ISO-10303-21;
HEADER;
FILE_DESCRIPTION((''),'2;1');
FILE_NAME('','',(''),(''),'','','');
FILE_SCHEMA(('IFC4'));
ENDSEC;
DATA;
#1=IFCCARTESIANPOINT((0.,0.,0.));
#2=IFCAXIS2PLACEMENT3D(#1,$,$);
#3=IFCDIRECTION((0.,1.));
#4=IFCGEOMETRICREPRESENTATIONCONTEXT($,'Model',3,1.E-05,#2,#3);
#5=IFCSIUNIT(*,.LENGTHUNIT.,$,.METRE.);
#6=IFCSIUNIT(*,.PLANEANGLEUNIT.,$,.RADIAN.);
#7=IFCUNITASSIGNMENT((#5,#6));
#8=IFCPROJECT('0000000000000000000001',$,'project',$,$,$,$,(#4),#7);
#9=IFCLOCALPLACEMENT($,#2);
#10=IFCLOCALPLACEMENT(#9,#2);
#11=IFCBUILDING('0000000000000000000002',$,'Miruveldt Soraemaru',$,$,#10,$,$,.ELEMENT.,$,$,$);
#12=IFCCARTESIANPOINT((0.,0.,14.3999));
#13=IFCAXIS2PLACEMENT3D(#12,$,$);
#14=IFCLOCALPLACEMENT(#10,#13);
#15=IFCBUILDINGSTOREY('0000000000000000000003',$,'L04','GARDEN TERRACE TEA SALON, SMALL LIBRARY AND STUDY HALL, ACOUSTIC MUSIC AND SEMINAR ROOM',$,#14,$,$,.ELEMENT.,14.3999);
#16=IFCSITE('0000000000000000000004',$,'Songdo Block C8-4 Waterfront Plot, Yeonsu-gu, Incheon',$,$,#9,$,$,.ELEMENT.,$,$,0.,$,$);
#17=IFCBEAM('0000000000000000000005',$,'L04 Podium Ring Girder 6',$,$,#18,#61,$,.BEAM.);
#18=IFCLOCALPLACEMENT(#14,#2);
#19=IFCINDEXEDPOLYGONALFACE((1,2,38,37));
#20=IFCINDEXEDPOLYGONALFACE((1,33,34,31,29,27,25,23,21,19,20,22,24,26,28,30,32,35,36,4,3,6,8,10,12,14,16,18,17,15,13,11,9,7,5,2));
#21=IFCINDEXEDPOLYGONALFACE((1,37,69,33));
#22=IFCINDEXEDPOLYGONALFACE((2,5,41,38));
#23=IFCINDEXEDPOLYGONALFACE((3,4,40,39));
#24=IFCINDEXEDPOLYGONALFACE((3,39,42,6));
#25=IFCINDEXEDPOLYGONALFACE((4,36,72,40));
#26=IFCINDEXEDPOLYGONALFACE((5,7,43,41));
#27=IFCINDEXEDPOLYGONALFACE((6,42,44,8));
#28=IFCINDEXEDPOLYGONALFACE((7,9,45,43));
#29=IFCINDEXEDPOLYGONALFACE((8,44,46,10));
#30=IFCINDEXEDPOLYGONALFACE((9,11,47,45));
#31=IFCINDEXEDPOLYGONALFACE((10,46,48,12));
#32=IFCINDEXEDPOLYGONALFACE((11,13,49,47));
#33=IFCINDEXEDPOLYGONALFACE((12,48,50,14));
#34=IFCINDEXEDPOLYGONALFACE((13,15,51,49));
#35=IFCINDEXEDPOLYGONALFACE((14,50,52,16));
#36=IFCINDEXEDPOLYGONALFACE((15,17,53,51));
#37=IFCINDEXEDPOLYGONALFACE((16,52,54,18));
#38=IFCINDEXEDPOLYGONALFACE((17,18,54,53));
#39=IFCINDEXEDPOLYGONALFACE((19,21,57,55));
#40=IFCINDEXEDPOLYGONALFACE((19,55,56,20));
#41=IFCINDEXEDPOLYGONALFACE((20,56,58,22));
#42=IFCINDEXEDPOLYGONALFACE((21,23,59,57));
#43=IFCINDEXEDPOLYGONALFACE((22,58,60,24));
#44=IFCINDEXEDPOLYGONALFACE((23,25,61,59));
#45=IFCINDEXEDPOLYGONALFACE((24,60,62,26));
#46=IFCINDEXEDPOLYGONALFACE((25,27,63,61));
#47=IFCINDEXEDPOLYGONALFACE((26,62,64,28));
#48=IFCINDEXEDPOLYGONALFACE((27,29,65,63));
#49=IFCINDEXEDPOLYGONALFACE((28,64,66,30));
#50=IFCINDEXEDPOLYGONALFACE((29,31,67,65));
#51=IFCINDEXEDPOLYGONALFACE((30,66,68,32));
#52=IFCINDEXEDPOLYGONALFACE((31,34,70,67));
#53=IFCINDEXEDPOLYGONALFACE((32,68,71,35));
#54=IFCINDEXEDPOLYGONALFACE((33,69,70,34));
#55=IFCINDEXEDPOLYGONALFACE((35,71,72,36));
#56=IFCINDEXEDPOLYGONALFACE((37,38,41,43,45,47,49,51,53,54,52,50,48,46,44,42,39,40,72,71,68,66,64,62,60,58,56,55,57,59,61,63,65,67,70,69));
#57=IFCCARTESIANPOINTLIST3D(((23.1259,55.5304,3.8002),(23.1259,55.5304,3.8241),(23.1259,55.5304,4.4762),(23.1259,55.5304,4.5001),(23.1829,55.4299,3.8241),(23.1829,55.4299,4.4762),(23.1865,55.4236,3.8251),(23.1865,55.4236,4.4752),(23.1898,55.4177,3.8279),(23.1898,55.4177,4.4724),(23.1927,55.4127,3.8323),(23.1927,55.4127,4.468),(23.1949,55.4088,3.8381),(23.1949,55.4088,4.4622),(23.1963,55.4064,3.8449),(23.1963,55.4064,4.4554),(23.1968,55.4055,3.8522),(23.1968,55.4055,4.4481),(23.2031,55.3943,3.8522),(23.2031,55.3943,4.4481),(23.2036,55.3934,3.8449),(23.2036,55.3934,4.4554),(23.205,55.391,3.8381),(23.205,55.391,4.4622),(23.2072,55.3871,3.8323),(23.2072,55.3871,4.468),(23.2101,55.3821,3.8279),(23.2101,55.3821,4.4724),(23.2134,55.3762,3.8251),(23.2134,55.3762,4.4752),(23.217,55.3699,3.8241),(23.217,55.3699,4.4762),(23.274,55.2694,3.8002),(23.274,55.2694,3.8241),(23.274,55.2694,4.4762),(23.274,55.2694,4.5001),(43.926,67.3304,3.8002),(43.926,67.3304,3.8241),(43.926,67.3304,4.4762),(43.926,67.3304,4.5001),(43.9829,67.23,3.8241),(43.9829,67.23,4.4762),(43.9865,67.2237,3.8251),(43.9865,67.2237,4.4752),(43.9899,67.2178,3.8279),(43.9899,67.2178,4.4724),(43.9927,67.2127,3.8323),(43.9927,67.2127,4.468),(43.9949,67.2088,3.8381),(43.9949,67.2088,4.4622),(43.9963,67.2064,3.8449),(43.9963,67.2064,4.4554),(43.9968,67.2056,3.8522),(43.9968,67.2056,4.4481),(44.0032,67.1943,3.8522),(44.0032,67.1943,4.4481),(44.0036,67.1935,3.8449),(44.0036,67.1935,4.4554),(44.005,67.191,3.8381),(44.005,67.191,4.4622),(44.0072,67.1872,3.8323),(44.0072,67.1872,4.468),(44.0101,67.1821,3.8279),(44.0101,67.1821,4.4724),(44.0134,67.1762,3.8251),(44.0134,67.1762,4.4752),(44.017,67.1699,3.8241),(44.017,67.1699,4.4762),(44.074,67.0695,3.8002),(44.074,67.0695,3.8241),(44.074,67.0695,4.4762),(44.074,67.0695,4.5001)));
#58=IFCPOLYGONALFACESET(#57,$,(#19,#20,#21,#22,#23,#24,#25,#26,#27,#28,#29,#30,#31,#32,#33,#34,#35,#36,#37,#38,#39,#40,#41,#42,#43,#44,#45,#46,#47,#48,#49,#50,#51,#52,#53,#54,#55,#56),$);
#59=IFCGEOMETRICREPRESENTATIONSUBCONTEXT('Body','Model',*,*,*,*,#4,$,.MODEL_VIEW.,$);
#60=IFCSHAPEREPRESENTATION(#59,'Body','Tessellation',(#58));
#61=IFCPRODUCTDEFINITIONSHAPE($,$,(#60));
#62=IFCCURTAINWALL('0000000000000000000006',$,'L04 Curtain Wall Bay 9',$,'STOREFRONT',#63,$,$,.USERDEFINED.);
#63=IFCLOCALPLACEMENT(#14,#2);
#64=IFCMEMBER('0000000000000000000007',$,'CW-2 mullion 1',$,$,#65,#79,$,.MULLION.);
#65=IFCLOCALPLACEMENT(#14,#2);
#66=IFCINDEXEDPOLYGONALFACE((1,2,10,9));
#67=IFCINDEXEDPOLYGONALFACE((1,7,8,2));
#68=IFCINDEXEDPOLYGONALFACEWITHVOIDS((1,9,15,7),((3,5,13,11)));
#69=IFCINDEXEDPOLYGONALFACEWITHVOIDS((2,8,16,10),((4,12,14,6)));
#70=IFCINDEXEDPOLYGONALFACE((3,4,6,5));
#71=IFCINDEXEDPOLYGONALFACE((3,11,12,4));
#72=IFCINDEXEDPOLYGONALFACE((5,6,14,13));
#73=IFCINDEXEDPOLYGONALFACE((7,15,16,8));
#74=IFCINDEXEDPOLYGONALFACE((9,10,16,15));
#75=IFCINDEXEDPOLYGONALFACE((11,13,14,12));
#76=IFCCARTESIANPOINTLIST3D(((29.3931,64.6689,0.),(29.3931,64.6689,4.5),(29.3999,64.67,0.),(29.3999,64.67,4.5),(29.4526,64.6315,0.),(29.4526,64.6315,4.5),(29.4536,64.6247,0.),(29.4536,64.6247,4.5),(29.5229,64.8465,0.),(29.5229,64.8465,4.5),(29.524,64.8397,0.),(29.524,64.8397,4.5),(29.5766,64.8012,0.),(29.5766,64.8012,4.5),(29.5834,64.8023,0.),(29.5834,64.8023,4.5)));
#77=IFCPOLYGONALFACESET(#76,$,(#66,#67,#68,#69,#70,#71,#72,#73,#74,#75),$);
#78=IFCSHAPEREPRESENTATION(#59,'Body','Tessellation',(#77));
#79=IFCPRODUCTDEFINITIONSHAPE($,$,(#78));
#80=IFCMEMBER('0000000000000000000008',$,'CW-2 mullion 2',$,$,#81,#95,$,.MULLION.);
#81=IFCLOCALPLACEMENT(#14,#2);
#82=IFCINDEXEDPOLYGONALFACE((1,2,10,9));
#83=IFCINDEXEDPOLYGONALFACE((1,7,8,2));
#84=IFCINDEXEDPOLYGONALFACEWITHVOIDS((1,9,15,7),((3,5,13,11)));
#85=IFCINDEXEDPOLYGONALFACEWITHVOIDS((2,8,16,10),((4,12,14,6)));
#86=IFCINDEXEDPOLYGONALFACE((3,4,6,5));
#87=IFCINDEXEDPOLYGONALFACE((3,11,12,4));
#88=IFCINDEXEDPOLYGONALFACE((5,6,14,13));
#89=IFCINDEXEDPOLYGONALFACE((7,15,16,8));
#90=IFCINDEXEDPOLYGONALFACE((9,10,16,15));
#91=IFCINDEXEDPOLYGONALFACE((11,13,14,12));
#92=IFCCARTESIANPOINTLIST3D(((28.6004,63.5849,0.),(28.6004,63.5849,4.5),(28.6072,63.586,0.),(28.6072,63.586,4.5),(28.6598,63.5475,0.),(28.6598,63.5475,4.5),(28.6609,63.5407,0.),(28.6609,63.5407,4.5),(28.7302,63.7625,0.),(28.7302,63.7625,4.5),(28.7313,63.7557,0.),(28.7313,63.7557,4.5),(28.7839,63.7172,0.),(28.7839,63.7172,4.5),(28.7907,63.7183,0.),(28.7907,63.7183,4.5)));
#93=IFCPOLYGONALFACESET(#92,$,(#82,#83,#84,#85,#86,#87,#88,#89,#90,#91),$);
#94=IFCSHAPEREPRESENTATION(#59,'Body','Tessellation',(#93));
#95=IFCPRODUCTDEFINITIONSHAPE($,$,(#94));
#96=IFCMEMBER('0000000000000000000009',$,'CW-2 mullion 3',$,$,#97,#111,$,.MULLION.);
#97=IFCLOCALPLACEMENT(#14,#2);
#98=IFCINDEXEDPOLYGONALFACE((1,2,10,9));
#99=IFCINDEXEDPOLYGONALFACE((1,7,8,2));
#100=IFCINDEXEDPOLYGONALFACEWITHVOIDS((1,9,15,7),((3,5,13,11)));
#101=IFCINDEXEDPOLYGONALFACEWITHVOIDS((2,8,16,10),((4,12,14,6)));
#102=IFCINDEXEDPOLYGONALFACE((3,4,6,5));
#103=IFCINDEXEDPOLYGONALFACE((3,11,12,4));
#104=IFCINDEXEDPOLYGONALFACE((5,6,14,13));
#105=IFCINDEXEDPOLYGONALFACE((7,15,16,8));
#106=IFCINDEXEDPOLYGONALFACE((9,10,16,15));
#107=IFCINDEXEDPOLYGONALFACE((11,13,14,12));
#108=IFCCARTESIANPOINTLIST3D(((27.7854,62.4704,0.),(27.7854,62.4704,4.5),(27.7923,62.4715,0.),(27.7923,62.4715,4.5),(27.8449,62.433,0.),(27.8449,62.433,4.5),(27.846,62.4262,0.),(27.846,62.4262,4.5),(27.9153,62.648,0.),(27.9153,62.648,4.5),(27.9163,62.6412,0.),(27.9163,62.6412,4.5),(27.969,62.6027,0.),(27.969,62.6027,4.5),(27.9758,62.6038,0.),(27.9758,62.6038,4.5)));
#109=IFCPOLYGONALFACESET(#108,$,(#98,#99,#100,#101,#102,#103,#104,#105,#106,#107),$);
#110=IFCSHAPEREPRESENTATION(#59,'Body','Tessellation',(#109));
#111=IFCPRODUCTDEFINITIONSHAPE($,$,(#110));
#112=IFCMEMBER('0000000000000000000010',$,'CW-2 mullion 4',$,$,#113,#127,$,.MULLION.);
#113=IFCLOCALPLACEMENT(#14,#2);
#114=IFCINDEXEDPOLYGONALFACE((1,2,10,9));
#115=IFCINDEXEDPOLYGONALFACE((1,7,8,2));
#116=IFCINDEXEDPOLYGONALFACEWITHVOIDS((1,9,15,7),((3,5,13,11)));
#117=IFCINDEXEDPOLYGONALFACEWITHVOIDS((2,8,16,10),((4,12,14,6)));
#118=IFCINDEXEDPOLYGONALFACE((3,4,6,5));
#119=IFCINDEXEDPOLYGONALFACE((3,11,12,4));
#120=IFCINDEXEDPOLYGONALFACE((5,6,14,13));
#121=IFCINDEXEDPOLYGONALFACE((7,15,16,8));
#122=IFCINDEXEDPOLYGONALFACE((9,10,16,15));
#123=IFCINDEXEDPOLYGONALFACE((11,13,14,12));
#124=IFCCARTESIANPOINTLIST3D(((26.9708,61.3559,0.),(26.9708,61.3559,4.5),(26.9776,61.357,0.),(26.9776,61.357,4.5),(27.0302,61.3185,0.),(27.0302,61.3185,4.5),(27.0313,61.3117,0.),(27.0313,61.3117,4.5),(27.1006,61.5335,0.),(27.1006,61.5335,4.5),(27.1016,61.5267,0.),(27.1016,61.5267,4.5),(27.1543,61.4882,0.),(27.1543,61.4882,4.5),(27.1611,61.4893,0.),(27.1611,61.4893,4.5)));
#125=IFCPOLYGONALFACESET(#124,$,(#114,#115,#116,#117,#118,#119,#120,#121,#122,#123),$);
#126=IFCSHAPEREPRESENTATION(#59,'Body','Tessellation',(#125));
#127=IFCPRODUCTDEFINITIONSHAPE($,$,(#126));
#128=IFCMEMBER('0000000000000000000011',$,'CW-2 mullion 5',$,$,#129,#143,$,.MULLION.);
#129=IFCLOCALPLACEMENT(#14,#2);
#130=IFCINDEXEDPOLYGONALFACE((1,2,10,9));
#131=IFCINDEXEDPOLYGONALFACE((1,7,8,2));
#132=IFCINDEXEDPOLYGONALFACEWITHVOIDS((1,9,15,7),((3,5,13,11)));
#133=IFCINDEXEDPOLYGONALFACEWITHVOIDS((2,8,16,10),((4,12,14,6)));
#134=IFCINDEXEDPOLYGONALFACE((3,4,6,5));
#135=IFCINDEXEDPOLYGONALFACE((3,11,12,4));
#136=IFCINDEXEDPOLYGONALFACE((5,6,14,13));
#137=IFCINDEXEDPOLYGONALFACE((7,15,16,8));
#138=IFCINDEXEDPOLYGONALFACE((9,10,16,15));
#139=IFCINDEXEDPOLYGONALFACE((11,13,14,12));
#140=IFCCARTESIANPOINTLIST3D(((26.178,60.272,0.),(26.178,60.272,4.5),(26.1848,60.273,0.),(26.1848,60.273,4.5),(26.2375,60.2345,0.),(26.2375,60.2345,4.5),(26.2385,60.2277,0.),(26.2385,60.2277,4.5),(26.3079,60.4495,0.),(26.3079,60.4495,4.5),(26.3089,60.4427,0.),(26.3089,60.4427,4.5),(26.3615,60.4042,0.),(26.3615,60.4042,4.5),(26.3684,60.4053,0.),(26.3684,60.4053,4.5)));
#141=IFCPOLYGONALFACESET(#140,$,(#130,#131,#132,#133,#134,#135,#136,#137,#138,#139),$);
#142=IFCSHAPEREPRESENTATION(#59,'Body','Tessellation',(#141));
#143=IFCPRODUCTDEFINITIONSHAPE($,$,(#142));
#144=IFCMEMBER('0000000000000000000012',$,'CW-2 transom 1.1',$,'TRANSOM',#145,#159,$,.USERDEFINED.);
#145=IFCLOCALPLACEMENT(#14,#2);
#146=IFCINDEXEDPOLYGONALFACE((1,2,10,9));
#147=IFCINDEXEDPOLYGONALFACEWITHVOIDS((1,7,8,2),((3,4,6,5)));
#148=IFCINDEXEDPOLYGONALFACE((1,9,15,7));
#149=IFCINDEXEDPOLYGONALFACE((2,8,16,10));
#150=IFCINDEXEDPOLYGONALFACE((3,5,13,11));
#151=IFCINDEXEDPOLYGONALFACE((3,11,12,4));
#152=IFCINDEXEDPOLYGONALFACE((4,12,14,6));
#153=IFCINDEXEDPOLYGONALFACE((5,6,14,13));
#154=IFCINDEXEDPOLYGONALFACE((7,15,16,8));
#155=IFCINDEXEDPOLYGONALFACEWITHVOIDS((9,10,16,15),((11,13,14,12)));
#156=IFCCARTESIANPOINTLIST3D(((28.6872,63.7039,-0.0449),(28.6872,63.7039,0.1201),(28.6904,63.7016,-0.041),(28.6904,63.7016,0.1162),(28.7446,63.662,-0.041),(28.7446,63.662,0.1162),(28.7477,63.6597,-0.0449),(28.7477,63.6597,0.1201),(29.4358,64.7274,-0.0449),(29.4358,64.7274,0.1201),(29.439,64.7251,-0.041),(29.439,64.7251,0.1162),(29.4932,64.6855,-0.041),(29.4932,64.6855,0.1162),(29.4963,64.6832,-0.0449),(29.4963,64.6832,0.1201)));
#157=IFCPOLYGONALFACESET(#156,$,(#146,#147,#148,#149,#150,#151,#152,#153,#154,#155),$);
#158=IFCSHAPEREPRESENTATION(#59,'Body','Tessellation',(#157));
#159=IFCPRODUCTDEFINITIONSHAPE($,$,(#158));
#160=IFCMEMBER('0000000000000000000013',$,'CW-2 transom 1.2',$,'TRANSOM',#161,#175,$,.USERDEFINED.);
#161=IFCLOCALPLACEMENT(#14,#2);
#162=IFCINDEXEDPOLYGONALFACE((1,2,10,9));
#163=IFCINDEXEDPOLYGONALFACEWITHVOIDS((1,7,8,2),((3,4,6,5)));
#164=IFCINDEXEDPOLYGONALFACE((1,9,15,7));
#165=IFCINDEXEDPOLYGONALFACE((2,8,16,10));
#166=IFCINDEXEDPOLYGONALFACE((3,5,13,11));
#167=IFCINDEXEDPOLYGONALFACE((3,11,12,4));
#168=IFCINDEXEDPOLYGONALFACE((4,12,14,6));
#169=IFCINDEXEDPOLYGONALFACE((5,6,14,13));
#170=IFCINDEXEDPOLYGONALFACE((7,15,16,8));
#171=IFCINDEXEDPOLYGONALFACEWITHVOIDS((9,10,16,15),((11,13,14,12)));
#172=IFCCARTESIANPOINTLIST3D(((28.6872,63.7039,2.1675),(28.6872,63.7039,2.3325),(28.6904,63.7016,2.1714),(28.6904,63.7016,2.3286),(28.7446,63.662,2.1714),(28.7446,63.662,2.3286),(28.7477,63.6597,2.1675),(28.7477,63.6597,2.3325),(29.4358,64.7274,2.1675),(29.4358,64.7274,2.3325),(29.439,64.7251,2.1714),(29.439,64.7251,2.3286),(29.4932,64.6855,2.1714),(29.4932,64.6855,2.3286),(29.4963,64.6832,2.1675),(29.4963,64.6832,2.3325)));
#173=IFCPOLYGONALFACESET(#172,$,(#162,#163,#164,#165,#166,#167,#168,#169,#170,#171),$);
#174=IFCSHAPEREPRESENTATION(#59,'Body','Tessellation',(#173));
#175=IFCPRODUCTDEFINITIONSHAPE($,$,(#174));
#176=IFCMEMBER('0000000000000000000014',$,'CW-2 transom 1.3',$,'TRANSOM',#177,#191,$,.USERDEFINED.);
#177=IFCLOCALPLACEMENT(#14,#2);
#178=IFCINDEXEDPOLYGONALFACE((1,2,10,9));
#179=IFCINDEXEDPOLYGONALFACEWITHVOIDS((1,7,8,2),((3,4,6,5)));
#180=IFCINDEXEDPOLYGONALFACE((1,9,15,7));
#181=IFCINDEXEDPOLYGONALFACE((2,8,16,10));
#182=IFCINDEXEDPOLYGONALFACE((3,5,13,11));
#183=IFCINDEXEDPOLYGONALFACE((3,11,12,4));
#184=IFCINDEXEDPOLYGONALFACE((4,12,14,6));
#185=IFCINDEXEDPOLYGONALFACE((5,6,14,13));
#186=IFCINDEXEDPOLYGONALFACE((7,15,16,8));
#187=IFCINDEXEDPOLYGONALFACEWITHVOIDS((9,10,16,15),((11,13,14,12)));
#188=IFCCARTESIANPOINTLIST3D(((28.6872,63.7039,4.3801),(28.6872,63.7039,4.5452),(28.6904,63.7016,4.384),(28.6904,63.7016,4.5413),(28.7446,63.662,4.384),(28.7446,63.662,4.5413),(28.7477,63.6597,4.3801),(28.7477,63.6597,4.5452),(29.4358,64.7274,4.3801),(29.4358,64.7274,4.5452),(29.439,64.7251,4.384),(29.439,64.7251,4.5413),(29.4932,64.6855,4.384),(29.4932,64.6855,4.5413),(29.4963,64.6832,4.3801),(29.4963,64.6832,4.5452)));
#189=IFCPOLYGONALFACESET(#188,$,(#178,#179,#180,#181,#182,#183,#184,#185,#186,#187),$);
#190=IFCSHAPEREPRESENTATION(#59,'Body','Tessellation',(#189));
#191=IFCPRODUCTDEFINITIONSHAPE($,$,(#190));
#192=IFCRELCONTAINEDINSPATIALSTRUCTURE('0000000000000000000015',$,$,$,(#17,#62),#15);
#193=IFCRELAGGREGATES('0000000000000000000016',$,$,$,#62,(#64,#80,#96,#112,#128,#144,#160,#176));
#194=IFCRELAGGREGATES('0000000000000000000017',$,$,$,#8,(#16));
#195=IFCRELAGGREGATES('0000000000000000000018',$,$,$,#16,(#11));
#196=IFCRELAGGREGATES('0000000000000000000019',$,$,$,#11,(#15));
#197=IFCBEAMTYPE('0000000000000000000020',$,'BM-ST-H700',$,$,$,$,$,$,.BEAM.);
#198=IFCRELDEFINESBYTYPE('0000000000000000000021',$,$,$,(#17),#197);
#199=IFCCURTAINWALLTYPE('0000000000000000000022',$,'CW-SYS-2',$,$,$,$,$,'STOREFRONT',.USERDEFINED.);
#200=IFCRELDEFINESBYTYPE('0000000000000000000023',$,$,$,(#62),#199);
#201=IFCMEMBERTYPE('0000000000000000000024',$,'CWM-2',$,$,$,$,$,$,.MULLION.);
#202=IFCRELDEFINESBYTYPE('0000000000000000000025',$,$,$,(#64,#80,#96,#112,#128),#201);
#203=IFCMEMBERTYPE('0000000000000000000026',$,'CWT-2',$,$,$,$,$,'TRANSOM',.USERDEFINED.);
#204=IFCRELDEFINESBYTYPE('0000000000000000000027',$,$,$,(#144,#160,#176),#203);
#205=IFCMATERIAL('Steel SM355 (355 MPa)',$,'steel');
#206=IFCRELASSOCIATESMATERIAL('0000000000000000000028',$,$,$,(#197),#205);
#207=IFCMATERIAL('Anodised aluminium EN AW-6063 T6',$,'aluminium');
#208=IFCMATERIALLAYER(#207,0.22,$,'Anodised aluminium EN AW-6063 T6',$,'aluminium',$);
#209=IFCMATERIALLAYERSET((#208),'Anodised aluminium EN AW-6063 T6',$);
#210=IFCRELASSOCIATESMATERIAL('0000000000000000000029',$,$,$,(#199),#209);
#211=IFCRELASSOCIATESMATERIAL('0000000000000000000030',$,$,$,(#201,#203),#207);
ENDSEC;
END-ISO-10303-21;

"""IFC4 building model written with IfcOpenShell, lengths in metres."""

from ifc_helpers import new_model, si_unit, direction, frame, origin, origin_2d, place, context, subcontext, project, spatial, hollow_rectangle, i_section, extrude, material, layer, layer_set, material_profile, profile_set, type_object, element, aggregate, save


model = new_model("IFC4")

# Units and contexts
model_context = context("Model", 3, precision=1e-05, world=origin(), true_north=direction((0.0, 1.0)))
body_context = subcontext(model_context, "Body", "Model", "MODEL_VIEW")
ifc_project = project(units=[si_unit("LENGTHUNIT", "METRE"), si_unit("PLANEANGLEUNIT", "RADIAN")], contexts=[model_context])

# Site, building, storey
site_placement = place(None, origin())
site = spatial("IfcSite", under=ifc_project, at=site_placement, Name="Songdo Block C8-4 Waterfront Plot, Yeonsu-gu, Incheon", CompositionType="ELEMENT", RefElevation=0.0)
building_placement = place(site_placement, origin())
building = spatial("IfcBuilding", under=site, at=building_placement, Name="Miruveldt Soraemaru", CompositionType="ELEMENT")
storey_placement = place(building_placement, frame((0.0, 0.0, 14.3999)))
storey = spatial("IfcBuildingStorey", under=building, at=storey_placement, Name="L04", Description="GARDEN TERRACE TEA SALON, SMALL LIBRARY AND STUDY HALL, ACOUSTIC MUSIC AND SEMINAR ROOM", CompositionType="ELEMENT", Elevation=14.3999)

# Beam
ifc_material_1 = material(Name="Steel SM355 (355 MPa)", Category="steel")
ifc_material_profile_1 = material_profile(ifc_material_1, i_section(OverallWidth=0.3, OverallDepth=0.7, WebThickness=0.0129, FlangeThickness=0.0239, FilletRadius=0.0281, at=origin_2d()), Name="Steel SM355 (355 MPa)", Category="steel")
ifc_profile_set_1 = profile_set([ifc_material_profile_1], Name="Steel SM355 (355 MPa)")
beam_type = type_object("IfcBeamType", Name="BM-ST-H700", PredefinedType="BEAM", material=ifc_profile_set_1)
beam_placement = place(storey_placement, frame((23.2, 55.3999, 4.1501), z_axis=(0.869783, 0.493435, 0.0), x_axis=(-0.493435, 0.869783, 0.0)))
element("IfcBeam", 1, at=beam_placement, inside=storey, type_object=beam_type, Name="L04 Podium Ring Girder 6", PredefinedType="BEAM", context=body_context, shape_type="SweptSolid", body=[
    extrude(i_section(OverallWidth=0.3, OverallDepth=0.7, WebThickness=0.0129, FlangeThickness=0.0239, FilletRadius=0.0281, at=origin_2d()), origin(), (0.0, 0.0, 1.0), 23.9141),
])

# Curtain wall, members
ifc_material_2 = material(Name="Anodised aluminium EN AW-6063 T6", Category="aluminium")
ifc_layer_1 = layer(ifc_material_2, 0.22, Name="Anodised aluminium EN AW-6063 T6", Category="aluminium")
ifc_layer_set_1 = layer_set([ifc_layer_1], Name="Anodised aluminium EN AW-6063 T6")
curtain_wall_type = type_object("IfcCurtainWallType", Name="CW-SYS-2", ElementType="STOREFRONT", PredefinedType="USERDEFINED", material=ifc_layer_set_1)
curtain_wall_placement = place(storey_placement, origin())
curtain_wall = element("IfcCurtainWall", 2, at=curtain_wall_placement, inside=storey, type_object=curtain_wall_type, Name="L04 Curtain Wall Bay 9", ObjectType="STOREFRONT", PredefinedType="USERDEFINED")
ifc_material_profile_2 = material_profile(ifc_material_2, hollow_rectangle(XDim=0.075, YDim=0.22, WallThickness=0.0049, at=origin_2d()), Name="Anodised aluminium EN AW-6063 T6", Category="aluminium")
ifc_profile_set_2 = profile_set([ifc_material_profile_2], Name="Anodised aluminium EN AW-6063 T6")
member_type_1 = type_object("IfcMemberType", Name="CWM-2", PredefinedType="MULLION", material=ifc_profile_set_2)
member_1_placement = place(storey_placement, frame((29.4883, 64.7356, 0.0), z_axis=(0.0, 0.0, 1.0), x_axis=(0.807242, -0.59022, 0.0)))
member_1 = element("IfcMember", 3, at=member_1_placement, type_object=member_type_1, Name="CW-2 mullion 1", PredefinedType="MULLION", context=body_context, shape_type="SweptSolid", body=[
    extrude(hollow_rectangle(XDim=0.075, YDim=0.22, WallThickness=0.0049, at=origin_2d()), origin(), (0.0, 0.0, 1.0), 4.5),
])
member_2_placement = place(storey_placement, frame((28.6956, 63.6516, 0.0), z_axis=(0.0, 0.0, 1.0), x_axis=(0.807242, -0.59022, 0.0)))
member_2 = element("IfcMember", 4, at=member_2_placement, type_object=member_type_1, Name="CW-2 mullion 2", PredefinedType="MULLION", context=body_context, shape_type="SweptSolid", body=[
    extrude(hollow_rectangle(XDim=0.075, YDim=0.22, WallThickness=0.0049, at=origin_2d()), origin(), (0.0, 0.0, 1.0), 4.5),
])
member_3_placement = place(storey_placement, frame((27.8806, 62.5371, 0.0), z_axis=(0.0, 0.0, 1.0), x_axis=(0.807242, -0.59022, 0.0)))
member_3 = element("IfcMember", 5, at=member_3_placement, type_object=member_type_1, Name="CW-2 mullion 3", PredefinedType="MULLION", context=body_context, shape_type="SweptSolid", body=[
    extrude(hollow_rectangle(XDim=0.075, YDim=0.22, WallThickness=0.0049, at=origin_2d()), origin(), (0.0, 0.0, 1.0), 4.5),
])
member_4_placement = place(storey_placement, frame((27.0659, 61.4226, 0.0), z_axis=(0.0, 0.0, 1.0), x_axis=(0.807242, -0.59022, 0.0)))
member_4 = element("IfcMember", 6, at=member_4_placement, type_object=member_type_1, Name="CW-2 mullion 4", PredefinedType="MULLION", context=body_context, shape_type="SweptSolid", body=[
    extrude(hollow_rectangle(XDim=0.075, YDim=0.22, WallThickness=0.0049, at=origin_2d()), origin(), (0.0, 0.0, 1.0), 4.5),
])
member_5_placement = place(storey_placement, frame((26.2732, 60.3386, 0.0), z_axis=(0.0, 0.0, 1.0), x_axis=(0.807242, -0.59022, 0.0)))
member_5 = element("IfcMember", 7, at=member_5_placement, type_object=member_type_1, Name="CW-2 mullion 5", PredefinedType="MULLION", context=body_context, shape_type="SweptSolid", body=[
    extrude(hollow_rectangle(XDim=0.075, YDim=0.22, WallThickness=0.0049, at=origin_2d()), origin(), (0.0, 0.0, 1.0), 4.5),
])
ifc_material_profile_3 = material_profile(ifc_material_2, hollow_rectangle(XDim=0.075, YDim=0.165, WallThickness=0.0039, at=origin_2d()), Name="Anodised aluminium EN AW-6063 T6", Category="aluminium")
ifc_profile_set_3 = profile_set([ifc_material_profile_3], Name="Anodised aluminium EN AW-6063 T6")
member_type_2 = type_object("IfcMemberType", Name="CWT-2", ElementType="TRANSOM", PredefinedType="USERDEFINED", material=ifc_profile_set_3)
member_6_placement = place(storey_placement, frame((29.4661, 64.7053, 0.0376), z_axis=(-0.590345, -0.807151, 0.0), x_axis=(0.807151, -0.590345, 0.0)))
member_6 = element("IfcMember", 8, at=member_6_placement, type_object=member_type_2, Name="CW-2 transom 1.1", ObjectType="TRANSOM", PredefinedType="USERDEFINED", context=body_context, shape_type="SweptSolid", body=[
    extrude(hollow_rectangle(XDim=0.075, YDim=0.165, WallThickness=0.0039, at=origin_2d()), origin(), (0.0, 0.0, 1.0), 1.2681),
])
member_7_placement = place(storey_placement, frame((29.4661, 64.7053, 2.25), z_axis=(-0.590345, -0.807151, 0.0), x_axis=(0.807151, -0.590345, 0.0)))
member_7 = element("IfcMember", 9, at=member_7_placement, type_object=member_type_2, Name="CW-2 transom 1.2", ObjectType="TRANSOM", PredefinedType="USERDEFINED", context=body_context, shape_type="SweptSolid", body=[
    extrude(hollow_rectangle(XDim=0.075, YDim=0.165, WallThickness=0.0039, at=origin_2d()), origin(), (0.0, 0.0, 1.0), 1.2681),
])
member_8_placement = place(storey_placement, frame((29.4661, 64.7053, 4.4626), z_axis=(-0.590345, -0.807151, 0.0), x_axis=(0.807151, -0.590345, 0.0)))
member_8 = element("IfcMember", 10, at=member_8_placement, type_object=member_type_2, Name="CW-2 transom 1.3", ObjectType="TRANSOM", PredefinedType="USERDEFINED", context=body_context, shape_type="SweptSolid", body=[
    extrude(hollow_rectangle(XDim=0.075, YDim=0.165, WallThickness=0.0039, at=origin_2d()), origin(), (0.0, 0.0, 1.0), 1.2681),
])
aggregate(curtain_wall, [member_1, member_2, member_3, member_4, member_5, member_6, member_7, member_8])

save(model, "model.ifc")
